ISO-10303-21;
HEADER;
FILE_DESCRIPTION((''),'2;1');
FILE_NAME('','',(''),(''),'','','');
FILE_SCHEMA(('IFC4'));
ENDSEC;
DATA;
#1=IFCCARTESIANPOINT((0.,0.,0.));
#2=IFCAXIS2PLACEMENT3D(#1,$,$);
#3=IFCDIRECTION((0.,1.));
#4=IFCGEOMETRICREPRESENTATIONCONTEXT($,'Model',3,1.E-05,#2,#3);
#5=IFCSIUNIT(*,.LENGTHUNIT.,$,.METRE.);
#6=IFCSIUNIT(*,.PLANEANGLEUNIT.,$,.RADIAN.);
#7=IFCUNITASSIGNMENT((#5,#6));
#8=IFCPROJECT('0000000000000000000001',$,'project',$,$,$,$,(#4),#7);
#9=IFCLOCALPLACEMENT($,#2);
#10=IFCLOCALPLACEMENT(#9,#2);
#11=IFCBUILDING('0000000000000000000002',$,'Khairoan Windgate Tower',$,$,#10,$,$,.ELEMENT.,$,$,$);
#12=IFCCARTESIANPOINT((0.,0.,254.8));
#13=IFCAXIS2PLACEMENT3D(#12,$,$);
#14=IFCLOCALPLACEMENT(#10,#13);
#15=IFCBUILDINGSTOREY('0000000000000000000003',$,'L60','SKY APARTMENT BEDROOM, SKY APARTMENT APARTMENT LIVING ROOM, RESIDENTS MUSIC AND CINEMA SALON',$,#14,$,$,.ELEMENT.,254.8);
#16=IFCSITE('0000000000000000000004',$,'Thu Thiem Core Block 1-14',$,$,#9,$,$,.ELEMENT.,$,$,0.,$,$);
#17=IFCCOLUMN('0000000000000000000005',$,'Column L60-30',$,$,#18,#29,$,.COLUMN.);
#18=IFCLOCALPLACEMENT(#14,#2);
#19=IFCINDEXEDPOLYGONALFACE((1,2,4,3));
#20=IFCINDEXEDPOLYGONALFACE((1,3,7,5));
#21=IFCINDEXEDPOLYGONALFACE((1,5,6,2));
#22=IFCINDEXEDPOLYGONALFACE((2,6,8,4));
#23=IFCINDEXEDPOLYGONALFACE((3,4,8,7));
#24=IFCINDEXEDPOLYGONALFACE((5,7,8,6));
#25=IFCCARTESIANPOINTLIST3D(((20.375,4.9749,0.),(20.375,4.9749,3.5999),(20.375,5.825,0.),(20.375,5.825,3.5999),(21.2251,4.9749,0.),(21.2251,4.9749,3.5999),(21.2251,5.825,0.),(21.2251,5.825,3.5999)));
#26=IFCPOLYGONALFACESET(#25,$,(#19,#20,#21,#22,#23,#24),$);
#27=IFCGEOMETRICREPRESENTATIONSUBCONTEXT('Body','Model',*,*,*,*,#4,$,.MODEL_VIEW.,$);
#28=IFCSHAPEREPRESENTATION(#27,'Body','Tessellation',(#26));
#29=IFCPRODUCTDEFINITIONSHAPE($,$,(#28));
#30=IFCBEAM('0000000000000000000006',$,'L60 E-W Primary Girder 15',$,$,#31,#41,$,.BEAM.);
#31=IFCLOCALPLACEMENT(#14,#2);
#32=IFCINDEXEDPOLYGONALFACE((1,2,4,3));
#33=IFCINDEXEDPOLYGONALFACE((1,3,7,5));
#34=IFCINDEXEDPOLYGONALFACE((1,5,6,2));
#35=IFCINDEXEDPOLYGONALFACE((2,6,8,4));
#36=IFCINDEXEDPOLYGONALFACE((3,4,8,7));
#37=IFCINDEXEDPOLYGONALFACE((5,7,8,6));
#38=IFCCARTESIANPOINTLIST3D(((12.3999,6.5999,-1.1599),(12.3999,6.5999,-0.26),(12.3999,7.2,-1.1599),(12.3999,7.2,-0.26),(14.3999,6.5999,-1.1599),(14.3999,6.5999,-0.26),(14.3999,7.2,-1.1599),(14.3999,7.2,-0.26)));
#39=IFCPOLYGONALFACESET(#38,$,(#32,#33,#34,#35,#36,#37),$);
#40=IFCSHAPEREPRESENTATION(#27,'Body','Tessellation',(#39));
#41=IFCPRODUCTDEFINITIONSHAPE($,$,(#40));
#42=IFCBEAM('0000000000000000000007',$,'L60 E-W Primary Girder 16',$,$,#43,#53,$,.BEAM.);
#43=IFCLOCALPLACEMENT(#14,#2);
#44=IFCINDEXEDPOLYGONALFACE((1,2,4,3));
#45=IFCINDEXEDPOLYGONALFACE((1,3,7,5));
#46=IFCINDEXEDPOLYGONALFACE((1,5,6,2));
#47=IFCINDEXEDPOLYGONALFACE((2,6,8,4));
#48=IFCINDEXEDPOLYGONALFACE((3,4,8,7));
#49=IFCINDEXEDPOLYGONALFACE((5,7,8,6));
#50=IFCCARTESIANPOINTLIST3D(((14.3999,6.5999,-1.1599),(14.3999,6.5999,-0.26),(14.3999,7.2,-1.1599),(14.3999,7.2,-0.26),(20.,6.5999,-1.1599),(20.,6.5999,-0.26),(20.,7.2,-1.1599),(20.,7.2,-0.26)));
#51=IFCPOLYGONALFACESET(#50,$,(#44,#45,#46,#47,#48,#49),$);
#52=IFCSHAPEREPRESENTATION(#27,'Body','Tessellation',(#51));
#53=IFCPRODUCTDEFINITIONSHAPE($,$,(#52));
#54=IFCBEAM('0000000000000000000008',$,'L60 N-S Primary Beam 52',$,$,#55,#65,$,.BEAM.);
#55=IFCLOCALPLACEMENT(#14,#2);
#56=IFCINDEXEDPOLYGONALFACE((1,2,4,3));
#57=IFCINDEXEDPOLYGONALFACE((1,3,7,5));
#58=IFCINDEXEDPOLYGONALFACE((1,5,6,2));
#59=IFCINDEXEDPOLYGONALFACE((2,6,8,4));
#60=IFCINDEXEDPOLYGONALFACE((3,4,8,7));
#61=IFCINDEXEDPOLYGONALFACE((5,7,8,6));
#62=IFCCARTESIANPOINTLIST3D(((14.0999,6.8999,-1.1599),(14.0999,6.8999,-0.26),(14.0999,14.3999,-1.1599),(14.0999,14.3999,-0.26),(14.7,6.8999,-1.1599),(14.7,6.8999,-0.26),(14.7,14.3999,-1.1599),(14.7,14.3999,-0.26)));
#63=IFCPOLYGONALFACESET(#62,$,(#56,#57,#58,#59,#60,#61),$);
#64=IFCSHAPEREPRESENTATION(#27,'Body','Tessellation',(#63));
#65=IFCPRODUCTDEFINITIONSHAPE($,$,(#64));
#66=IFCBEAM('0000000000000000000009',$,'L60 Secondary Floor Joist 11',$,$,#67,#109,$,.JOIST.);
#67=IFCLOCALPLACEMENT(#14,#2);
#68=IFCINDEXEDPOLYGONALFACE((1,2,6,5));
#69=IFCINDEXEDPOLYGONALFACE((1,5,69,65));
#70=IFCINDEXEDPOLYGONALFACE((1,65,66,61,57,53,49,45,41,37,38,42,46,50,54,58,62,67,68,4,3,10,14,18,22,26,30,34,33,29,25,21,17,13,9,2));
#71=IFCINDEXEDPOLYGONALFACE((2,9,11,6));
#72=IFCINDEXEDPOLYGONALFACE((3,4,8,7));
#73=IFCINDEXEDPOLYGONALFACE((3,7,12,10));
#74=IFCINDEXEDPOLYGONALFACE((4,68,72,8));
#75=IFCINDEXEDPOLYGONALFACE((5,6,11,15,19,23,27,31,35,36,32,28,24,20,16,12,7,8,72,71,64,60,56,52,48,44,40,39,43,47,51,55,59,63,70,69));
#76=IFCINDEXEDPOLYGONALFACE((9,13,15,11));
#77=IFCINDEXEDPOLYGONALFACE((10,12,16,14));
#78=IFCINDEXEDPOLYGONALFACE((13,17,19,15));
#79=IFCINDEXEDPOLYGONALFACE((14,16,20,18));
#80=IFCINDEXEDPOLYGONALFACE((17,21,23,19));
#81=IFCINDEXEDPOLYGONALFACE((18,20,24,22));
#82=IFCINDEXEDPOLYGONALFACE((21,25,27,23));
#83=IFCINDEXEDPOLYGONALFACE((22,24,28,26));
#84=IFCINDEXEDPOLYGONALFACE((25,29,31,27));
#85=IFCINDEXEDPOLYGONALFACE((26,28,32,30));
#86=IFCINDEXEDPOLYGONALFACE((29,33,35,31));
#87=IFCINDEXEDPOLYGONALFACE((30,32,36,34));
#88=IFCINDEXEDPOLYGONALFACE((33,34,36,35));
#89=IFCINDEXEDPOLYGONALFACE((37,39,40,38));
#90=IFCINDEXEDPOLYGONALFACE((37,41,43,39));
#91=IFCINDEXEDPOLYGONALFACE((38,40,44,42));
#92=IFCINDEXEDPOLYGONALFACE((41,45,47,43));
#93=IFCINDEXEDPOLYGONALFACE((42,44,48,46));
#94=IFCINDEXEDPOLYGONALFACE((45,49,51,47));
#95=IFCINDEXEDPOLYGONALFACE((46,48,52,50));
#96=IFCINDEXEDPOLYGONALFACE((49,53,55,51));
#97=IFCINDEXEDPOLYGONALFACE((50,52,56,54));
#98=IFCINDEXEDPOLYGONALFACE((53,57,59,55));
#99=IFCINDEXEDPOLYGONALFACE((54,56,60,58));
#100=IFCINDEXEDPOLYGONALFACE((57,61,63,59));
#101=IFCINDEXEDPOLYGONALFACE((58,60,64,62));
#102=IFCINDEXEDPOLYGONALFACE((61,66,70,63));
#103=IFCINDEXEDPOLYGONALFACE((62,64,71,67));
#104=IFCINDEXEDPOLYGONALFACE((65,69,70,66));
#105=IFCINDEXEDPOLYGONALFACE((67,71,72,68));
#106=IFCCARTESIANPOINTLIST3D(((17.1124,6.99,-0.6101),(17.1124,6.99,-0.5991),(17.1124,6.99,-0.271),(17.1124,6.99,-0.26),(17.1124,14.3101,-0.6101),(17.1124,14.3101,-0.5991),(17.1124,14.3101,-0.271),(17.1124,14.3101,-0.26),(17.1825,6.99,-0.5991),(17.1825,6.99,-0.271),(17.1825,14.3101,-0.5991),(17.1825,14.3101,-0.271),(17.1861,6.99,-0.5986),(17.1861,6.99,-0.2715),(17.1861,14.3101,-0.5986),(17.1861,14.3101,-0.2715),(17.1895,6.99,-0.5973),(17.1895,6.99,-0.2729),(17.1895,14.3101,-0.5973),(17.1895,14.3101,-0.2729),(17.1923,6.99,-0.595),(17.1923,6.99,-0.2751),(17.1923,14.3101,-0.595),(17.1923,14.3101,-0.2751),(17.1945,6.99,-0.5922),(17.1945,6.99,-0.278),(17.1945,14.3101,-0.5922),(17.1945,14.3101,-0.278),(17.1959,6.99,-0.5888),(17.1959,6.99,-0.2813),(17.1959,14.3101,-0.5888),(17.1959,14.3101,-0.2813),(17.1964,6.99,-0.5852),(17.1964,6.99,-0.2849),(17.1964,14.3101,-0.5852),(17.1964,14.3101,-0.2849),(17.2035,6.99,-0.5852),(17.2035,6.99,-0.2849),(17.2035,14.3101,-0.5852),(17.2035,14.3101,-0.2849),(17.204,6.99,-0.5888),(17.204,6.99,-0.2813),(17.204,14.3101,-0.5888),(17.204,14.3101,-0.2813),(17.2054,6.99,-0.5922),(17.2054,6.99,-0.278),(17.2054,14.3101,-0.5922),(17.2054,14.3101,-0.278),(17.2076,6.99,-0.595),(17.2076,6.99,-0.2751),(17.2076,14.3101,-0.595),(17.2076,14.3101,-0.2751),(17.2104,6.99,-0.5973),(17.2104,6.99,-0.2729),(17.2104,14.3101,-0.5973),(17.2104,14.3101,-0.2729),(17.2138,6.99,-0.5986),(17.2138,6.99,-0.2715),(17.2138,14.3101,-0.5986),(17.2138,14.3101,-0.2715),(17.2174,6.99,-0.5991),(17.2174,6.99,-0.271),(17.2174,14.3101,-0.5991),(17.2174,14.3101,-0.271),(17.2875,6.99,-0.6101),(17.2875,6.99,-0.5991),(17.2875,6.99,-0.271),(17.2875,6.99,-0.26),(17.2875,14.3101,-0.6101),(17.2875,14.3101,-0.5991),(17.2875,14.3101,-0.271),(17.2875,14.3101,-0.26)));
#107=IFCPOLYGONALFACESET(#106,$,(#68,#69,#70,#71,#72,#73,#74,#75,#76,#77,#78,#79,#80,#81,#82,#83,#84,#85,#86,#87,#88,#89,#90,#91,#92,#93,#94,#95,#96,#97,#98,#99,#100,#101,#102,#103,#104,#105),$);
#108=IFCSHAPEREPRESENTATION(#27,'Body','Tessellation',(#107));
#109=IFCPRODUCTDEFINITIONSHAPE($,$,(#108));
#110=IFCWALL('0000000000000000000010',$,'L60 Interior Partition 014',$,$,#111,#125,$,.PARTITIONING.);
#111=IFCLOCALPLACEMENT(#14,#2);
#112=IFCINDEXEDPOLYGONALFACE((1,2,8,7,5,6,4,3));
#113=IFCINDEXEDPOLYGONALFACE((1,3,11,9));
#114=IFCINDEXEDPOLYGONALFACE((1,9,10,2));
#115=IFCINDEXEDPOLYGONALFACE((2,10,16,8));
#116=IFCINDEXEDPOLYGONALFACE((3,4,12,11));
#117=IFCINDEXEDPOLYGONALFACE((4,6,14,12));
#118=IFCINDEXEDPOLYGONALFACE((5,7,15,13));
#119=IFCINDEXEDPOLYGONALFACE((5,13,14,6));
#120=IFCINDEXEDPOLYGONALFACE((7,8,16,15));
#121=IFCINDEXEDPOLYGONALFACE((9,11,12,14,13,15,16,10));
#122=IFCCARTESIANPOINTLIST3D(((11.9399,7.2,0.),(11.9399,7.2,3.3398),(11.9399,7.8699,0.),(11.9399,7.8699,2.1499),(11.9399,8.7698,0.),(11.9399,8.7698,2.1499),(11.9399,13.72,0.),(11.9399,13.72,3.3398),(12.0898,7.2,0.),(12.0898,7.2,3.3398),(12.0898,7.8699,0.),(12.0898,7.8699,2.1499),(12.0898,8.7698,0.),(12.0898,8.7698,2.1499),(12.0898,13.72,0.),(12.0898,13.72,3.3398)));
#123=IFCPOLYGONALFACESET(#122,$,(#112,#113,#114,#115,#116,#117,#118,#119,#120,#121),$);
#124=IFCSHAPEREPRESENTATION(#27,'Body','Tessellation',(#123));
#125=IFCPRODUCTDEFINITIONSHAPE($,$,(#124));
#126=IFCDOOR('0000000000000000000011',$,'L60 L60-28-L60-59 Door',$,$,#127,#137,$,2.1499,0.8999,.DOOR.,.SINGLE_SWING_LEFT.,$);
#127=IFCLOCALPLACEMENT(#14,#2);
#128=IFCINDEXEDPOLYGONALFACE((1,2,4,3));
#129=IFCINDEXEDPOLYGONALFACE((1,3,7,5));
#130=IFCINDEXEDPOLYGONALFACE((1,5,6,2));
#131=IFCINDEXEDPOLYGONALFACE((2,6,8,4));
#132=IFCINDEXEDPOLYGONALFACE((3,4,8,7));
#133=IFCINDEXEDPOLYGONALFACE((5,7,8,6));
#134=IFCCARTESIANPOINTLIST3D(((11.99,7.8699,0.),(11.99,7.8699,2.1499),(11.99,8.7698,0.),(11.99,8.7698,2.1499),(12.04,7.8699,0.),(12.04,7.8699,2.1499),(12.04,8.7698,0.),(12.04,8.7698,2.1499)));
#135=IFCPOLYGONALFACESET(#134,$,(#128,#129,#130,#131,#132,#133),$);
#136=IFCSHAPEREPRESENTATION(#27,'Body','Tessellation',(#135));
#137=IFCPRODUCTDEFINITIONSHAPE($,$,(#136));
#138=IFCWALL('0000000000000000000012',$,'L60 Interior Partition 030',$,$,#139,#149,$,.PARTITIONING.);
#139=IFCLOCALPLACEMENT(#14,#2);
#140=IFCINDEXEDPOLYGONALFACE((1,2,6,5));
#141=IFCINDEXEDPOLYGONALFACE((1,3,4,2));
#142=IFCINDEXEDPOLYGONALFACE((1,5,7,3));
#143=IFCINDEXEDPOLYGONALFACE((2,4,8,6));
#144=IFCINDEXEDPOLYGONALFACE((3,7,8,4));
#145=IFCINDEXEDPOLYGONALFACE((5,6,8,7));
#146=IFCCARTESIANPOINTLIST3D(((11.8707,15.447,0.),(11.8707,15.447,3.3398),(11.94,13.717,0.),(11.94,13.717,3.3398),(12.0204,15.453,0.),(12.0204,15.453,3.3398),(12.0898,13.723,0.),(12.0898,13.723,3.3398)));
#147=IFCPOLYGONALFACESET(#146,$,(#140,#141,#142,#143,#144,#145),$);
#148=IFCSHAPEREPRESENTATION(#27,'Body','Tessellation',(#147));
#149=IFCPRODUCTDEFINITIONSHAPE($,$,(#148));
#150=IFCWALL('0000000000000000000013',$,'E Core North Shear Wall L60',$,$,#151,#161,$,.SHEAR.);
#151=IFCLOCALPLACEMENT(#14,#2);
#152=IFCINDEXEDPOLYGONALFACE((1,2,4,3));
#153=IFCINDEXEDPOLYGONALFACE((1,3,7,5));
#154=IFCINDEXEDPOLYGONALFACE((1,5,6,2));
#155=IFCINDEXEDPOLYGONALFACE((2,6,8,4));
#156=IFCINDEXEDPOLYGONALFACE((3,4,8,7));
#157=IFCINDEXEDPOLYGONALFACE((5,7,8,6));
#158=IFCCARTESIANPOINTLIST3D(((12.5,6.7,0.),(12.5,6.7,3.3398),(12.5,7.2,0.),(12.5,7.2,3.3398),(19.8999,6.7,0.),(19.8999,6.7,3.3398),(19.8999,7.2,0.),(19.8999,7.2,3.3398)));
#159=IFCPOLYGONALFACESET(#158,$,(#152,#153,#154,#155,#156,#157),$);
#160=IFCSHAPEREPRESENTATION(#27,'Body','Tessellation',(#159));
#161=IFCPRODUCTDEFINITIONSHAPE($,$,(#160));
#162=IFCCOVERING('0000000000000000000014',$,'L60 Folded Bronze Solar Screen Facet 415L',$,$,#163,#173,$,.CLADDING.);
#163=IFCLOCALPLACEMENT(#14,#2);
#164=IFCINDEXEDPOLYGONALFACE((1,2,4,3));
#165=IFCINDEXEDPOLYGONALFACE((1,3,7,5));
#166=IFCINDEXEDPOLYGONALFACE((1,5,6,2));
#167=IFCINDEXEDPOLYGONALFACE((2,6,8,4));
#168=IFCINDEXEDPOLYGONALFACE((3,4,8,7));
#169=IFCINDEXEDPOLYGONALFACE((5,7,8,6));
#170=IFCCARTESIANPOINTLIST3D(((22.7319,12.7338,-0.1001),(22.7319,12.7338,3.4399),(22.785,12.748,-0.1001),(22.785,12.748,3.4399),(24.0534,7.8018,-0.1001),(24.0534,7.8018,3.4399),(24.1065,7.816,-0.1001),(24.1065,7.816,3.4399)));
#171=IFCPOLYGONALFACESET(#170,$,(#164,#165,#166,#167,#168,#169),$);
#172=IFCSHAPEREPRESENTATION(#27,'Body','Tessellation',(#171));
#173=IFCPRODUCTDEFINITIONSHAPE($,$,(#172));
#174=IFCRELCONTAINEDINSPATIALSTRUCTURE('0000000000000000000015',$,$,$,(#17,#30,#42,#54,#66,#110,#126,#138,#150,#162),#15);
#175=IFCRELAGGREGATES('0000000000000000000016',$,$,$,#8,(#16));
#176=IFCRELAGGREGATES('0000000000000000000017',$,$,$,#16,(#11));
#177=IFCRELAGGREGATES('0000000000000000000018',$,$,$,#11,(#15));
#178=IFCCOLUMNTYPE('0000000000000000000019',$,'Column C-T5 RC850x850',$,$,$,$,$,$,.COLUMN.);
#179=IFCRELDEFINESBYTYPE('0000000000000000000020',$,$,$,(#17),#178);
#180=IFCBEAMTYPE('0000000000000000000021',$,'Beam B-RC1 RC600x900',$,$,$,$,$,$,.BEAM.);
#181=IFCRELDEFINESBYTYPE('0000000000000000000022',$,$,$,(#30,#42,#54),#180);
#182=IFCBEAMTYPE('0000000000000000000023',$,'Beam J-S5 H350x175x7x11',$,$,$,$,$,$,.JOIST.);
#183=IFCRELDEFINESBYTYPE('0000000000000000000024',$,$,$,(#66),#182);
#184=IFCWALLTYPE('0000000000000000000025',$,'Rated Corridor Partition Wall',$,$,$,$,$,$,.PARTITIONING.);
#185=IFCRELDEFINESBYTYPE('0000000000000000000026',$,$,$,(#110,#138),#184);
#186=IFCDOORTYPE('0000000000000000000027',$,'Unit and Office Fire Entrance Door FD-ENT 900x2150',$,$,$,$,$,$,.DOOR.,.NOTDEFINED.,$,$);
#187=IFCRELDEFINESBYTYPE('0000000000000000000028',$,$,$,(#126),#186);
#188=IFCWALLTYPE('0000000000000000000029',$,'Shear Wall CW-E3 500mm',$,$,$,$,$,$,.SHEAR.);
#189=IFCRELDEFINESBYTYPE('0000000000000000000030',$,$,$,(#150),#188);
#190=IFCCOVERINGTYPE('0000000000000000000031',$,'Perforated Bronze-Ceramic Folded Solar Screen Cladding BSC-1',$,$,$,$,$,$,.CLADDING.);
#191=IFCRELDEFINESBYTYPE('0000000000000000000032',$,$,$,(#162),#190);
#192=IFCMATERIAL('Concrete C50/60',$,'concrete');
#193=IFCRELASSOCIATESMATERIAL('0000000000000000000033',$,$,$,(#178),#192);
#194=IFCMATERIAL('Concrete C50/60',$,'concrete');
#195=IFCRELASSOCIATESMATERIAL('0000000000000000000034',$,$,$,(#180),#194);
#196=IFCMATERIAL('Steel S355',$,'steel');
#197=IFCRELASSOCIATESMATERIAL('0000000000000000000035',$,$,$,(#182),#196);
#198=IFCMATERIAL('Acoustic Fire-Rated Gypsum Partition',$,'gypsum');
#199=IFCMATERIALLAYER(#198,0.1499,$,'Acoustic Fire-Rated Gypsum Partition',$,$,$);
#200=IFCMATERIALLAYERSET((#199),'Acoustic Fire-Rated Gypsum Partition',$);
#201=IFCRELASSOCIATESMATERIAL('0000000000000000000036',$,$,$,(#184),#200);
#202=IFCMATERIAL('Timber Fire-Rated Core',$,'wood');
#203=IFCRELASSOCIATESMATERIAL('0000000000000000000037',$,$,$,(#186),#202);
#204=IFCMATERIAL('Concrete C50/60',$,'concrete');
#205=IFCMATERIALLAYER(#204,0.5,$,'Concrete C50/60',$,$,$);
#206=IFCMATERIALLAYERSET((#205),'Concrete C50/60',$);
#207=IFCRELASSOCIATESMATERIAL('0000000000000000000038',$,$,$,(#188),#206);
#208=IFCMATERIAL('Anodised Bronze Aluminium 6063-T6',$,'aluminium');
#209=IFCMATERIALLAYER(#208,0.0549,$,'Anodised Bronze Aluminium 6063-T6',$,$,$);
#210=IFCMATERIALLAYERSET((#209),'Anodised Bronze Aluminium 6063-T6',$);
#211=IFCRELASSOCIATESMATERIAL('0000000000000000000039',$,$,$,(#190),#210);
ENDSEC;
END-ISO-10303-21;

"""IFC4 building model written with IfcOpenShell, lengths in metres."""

from ifc_helpers import new_model, si_unit, direction, frame, frame_2d, origin, origin_2d, place, context, subcontext, project, spatial, rectangle, i_section, extrude, material, layer, layer_set, material_profile, profile_set, type_object, element, fill, save


model = new_model("IFC4")

# Units and contexts
model_context = context("Model", 3, precision=1e-05, world=origin(), true_north=direction((0.0, 1.0)))
body_context = subcontext(model_context, "Body", "Model", "MODEL_VIEW")
ifc_project = project(units=[si_unit("LENGTHUNIT", "METRE"), si_unit("PLANEANGLEUNIT", "RADIAN")], contexts=[model_context])

# Site, building, storey
site_placement = place(None, origin())
site = spatial("IfcSite", under=ifc_project, at=site_placement, Name="Thu Thiem Core Block 1-14", CompositionType="ELEMENT", RefElevation=0.0)
building_placement = place(site_placement, origin())
building = spatial("IfcBuilding", under=site, at=building_placement, Name="Khairoan Windgate Tower", CompositionType="ELEMENT")
storey_placement = place(building_placement, frame((0.0, 0.0, 254.8)))
storey = spatial("IfcBuildingStorey", under=building, at=storey_placement, Name="L60", Description="SKY APARTMENT BEDROOM, SKY APARTMENT APARTMENT LIVING ROOM, RESIDENTS MUSIC AND CINEMA SALON", CompositionType="ELEMENT", Elevation=254.8)

# Column
ifc_material_1 = material(Name="Concrete C50/60", Category="concrete")
ifc_material_profile_1 = material_profile(ifc_material_1, rectangle(XDim=0.8501, YDim=0.8501, at=origin_2d()))
ifc_profile_set_1 = profile_set([ifc_material_profile_1], Name="Concrete C50/60")
column_type = type_object("IfcColumnType", Name="Column C-T5 RC850x850", PredefinedType="COLUMN", material=ifc_profile_set_1)
column_placement = place(storey_placement, frame((20.8, 5.3999, 0.0), z_axis=(0.0, 0.0, 1.0), x_axis=(1.0, 0.0, 0.0)))
element("IfcColumn", 1, at=column_placement, inside=storey, type_object=column_type, Name="Column L60-30", PredefinedType="COLUMN", context=body_context, shape_type="SweptSolid", body=[
    extrude(rectangle(XDim=0.8501, YDim=0.8501, at=origin_2d()), origin(), (0.0, 0.0, 1.0), 3.5999),
])

# Beams
ifc_material_2 = material(Name="Concrete C50/60", Category="concrete")
ifc_material_profile_2 = material_profile(ifc_material_2, rectangle(XDim=0.6001, YDim=0.8999, at=origin_2d()))
ifc_profile_set_2 = profile_set([ifc_material_profile_2], Name="Concrete C50/60")
beam_type_1 = type_object("IfcBeamType", Name="Beam B-RC1 RC600x900", PredefinedType="BEAM", material=ifc_profile_set_2)
beam_1_placement = place(storey_placement, frame((12.3999, 6.8999, -0.71), z_axis=(1.0, 0.0, 0.0), x_axis=(0.0, 1.0, 0.0)))
element("IfcBeam", 2, at=beam_1_placement, inside=storey, type_object=beam_type_1, Name="L60 E-W Primary Girder 15", PredefinedType="BEAM", context=body_context, shape_type="SweptSolid", body=[
    extrude(rectangle(XDim=0.6001, YDim=0.8999, at=origin_2d()), origin(), (0.0, 0.0, 1.0), 2.0),
])
beam_2_placement = place(storey_placement, frame((14.3999, 6.8999, -0.71), z_axis=(1.0, 0.0, 0.0), x_axis=(0.0, 1.0, 0.0)))
element("IfcBeam", 3, at=beam_2_placement, inside=storey, type_object=beam_type_1, Name="L60 E-W Primary Girder 16", PredefinedType="BEAM", context=body_context, shape_type="SweptSolid", body=[
    extrude(rectangle(XDim=0.6001, YDim=0.8999, at=origin_2d()), origin(), (0.0, 0.0, 1.0), 5.6001),
])
beam_3_placement = place(storey_placement, frame((14.3999, 6.8999, -0.71), z_axis=(0.0, 1.0, 0.0), x_axis=(-1.0, 0.0, 0.0)))
element("IfcBeam", 4, at=beam_3_placement, inside=storey, type_object=beam_type_1, Name="L60 N-S Primary Beam 52", PredefinedType="BEAM", context=body_context, shape_type="SweptSolid", body=[
    extrude(rectangle(XDim=0.6001, YDim=0.8999, at=origin_2d()), origin(), (0.0, 0.0, 1.0), 7.5),
])
ifc_material_3 = material(Name="Steel S355", Category="steel")
ifc_material_profile_3 = material_profile(ifc_material_3, i_section(OverallWidth=0.175, OverallDepth=0.3501, WebThickness=0.0071, FlangeThickness=0.011, FilletRadius=0.0139, at=origin_2d()))
ifc_profile_set_3 = profile_set([ifc_material_profile_3], Name="Steel S355")
beam_type_2 = type_object("IfcBeamType", Name="Beam J-S5 H350x175x7x11", PredefinedType="JOIST", material=ifc_profile_set_3)
beam_4_placement = place(storey_placement, frame((17.2, 6.99, -0.4351), z_axis=(0.0, 1.0, 0.0), x_axis=(-1.0, 0.0, 0.0)))
element("IfcBeam", 5, at=beam_4_placement, inside=storey, type_object=beam_type_2, Name="L60 Secondary Floor Joist 11", PredefinedType="JOIST", context=body_context, shape_type="SweptSolid", body=[
    extrude(i_section(OverallWidth=0.175, OverallDepth=0.3501, WebThickness=0.0071, FlangeThickness=0.011, FilletRadius=0.0139, at=origin_2d()), origin(), (0.0, 0.0, 1.0), 7.3201),
])

# Wall, opening, door
ifc_material_4 = material(Name="Acoustic Fire-Rated Gypsum Partition", Category="gypsum")
ifc_layer_1 = layer(ifc_material_4, 0.1499, Name="Acoustic Fire-Rated Gypsum Partition")
ifc_layer_set_1 = layer_set([ifc_layer_1], Name="Acoustic Fire-Rated Gypsum Partition")
wall_type_1 = type_object("IfcWallType", Name="Rated Corridor Partition Wall", PredefinedType="PARTITIONING", material=ifc_layer_set_1)
wall_1_placement = place(storey_placement, frame((12.0149, 7.2, 0.0), z_axis=(0.0, 0.0, 1.0), x_axis=(0.0, 1.0, 0.0)))
wall_1 = element("IfcWall", 6, at=wall_1_placement, inside=storey, type_object=wall_type_1, Name="L60 Interior Partition 014", PredefinedType="PARTITIONING", context=body_context, shape_type="SweptSolid", body=[
    extrude(rectangle(XDim=6.52, YDim=0.1499, at=frame_2d((3.26, 0.0))), origin(), (0.0, 0.0, 1.0), 3.3398),
])
opening_placement = place(wall_1_placement, frame((0.6699, 0.0, 0.0)))
opening = element("IfcOpeningElement", 7, at=opening_placement, cuts=wall_1, PredefinedType="OPENING", context=body_context, shape_type="SweptSolid", body=[
    extrude(rectangle(XDim=0.8999, YDim=2.1499, at=frame_2d((0.45, 1.075))), frame((0.0, 0.085, 0.0), z_axis=(0.0, -1.0, 0.0), x_axis=(1.0, 0.0, 0.0)), (0.0, 0.0, 1.0), 0.1699),
])
ifc_material_5 = material(Name="Timber Fire-Rated Core", Category="wood")
door_type = type_object("IfcDoorType", Name="Unit and Office Fire Entrance Door FD-ENT 900x2150", OperationType="NOTDEFINED", PredefinedType="DOOR", material=ifc_material_5)
door_placement = place(opening_placement, origin())
door = element("IfcDoor", 8, at=door_placement, inside=storey, type_object=door_type, Name="L60 L60-28-L60-59 Door", OperationType="SINGLE_SWING_LEFT", OverallHeight=2.1499, OverallWidth=0.8999, PredefinedType="DOOR", context=body_context, shape_type="SweptSolid", body=[
    extrude(rectangle(XDim=0.8999, YDim=2.1499, at=frame_2d((0.45, 1.075))), frame((0.0, 0.0249, 0.0), z_axis=(0.0, -1.0, 0.0), x_axis=(1.0, 0.0, 0.0)), (0.0, 0.0, 1.0), 0.05),
])
fill(opening, door)

# Walls
wall_2_placement = place(storey_placement, frame((12.0149, 13.72, 0.0), z_axis=(0.0, 0.0, 1.0), x_axis=(-0.040047, 0.999198, 0.0)))
element("IfcWall", 9, at=wall_2_placement, inside=storey, type_object=wall_type_1, Name="L60 Interior Partition 030", PredefinedType="PARTITIONING", context=body_context, shape_type="SweptSolid", body=[
    extrude(rectangle(XDim=1.7314, YDim=0.1499, at=frame_2d((0.8657, 0.0))), origin(), (0.0, 0.0, 1.0), 3.3398),
])
ifc_material_6 = material(Name="Concrete C50/60", Category="concrete")
ifc_layer_2 = layer(ifc_material_6, 0.5, Name="Concrete C50/60")
ifc_layer_set_2 = layer_set([ifc_layer_2], Name="Concrete C50/60")
wall_type_2 = type_object("IfcWallType", Name="Shear Wall CW-E3 500mm", PredefinedType="SHEAR", material=ifc_layer_set_2)
wall_3_placement = place(storey_placement, frame((12.5, 6.95, 0.0), z_axis=(0.0, 0.0, 1.0), x_axis=(1.0, 0.0, 0.0)))
element("IfcWall", 10, at=wall_3_placement, inside=storey, type_object=wall_type_2, Name="E Core North Shear Wall L60", PredefinedType="SHEAR", context=body_context, shape_type="SweptSolid", body=[
    extrude(rectangle(XDim=7.3999, YDim=0.5, at=frame_2d((3.7, 0.0))), origin(), (0.0, 0.0, 1.0), 3.3398),
])

# Covering
ifc_material_7 = material(Name="Anodised Bronze Aluminium 6063-T6", Category="aluminium")
ifc_layer_3 = layer(ifc_material_7, 0.0549, Name="Anodised Bronze Aluminium 6063-T6")
ifc_layer_set_3 = layer_set([ifc_layer_3], Name="Anodised Bronze Aluminium 6063-T6")
covering_type = type_object("IfcCoveringType", Name="Perforated Bronze-Ceramic Folded Solar Screen Cladding BSC-1", PredefinedType="CLADDING", material=ifc_layer_set_3)
covering_placement = place(storey_placement, frame((23.4192, 10.2749, -0.1001), z_axis=(0.0, 0.0, 1.0), x_axis=(0.258819, -0.965926, 0.0)))
element("IfcCovering", 11, at=covering_placement, inside=storey, type_object=covering_type, Name="L60 Folded Bronze Solar Screen Facet 415L", PredefinedType="CLADDING", context=body_context, shape_type="SweptSolid", body=[
    extrude(rectangle(XDim=5.106, YDim=0.0549, at=origin_2d()), origin(), (0.0, 0.0, 1.0), 3.54),
])

save(model, "model.ifc")
